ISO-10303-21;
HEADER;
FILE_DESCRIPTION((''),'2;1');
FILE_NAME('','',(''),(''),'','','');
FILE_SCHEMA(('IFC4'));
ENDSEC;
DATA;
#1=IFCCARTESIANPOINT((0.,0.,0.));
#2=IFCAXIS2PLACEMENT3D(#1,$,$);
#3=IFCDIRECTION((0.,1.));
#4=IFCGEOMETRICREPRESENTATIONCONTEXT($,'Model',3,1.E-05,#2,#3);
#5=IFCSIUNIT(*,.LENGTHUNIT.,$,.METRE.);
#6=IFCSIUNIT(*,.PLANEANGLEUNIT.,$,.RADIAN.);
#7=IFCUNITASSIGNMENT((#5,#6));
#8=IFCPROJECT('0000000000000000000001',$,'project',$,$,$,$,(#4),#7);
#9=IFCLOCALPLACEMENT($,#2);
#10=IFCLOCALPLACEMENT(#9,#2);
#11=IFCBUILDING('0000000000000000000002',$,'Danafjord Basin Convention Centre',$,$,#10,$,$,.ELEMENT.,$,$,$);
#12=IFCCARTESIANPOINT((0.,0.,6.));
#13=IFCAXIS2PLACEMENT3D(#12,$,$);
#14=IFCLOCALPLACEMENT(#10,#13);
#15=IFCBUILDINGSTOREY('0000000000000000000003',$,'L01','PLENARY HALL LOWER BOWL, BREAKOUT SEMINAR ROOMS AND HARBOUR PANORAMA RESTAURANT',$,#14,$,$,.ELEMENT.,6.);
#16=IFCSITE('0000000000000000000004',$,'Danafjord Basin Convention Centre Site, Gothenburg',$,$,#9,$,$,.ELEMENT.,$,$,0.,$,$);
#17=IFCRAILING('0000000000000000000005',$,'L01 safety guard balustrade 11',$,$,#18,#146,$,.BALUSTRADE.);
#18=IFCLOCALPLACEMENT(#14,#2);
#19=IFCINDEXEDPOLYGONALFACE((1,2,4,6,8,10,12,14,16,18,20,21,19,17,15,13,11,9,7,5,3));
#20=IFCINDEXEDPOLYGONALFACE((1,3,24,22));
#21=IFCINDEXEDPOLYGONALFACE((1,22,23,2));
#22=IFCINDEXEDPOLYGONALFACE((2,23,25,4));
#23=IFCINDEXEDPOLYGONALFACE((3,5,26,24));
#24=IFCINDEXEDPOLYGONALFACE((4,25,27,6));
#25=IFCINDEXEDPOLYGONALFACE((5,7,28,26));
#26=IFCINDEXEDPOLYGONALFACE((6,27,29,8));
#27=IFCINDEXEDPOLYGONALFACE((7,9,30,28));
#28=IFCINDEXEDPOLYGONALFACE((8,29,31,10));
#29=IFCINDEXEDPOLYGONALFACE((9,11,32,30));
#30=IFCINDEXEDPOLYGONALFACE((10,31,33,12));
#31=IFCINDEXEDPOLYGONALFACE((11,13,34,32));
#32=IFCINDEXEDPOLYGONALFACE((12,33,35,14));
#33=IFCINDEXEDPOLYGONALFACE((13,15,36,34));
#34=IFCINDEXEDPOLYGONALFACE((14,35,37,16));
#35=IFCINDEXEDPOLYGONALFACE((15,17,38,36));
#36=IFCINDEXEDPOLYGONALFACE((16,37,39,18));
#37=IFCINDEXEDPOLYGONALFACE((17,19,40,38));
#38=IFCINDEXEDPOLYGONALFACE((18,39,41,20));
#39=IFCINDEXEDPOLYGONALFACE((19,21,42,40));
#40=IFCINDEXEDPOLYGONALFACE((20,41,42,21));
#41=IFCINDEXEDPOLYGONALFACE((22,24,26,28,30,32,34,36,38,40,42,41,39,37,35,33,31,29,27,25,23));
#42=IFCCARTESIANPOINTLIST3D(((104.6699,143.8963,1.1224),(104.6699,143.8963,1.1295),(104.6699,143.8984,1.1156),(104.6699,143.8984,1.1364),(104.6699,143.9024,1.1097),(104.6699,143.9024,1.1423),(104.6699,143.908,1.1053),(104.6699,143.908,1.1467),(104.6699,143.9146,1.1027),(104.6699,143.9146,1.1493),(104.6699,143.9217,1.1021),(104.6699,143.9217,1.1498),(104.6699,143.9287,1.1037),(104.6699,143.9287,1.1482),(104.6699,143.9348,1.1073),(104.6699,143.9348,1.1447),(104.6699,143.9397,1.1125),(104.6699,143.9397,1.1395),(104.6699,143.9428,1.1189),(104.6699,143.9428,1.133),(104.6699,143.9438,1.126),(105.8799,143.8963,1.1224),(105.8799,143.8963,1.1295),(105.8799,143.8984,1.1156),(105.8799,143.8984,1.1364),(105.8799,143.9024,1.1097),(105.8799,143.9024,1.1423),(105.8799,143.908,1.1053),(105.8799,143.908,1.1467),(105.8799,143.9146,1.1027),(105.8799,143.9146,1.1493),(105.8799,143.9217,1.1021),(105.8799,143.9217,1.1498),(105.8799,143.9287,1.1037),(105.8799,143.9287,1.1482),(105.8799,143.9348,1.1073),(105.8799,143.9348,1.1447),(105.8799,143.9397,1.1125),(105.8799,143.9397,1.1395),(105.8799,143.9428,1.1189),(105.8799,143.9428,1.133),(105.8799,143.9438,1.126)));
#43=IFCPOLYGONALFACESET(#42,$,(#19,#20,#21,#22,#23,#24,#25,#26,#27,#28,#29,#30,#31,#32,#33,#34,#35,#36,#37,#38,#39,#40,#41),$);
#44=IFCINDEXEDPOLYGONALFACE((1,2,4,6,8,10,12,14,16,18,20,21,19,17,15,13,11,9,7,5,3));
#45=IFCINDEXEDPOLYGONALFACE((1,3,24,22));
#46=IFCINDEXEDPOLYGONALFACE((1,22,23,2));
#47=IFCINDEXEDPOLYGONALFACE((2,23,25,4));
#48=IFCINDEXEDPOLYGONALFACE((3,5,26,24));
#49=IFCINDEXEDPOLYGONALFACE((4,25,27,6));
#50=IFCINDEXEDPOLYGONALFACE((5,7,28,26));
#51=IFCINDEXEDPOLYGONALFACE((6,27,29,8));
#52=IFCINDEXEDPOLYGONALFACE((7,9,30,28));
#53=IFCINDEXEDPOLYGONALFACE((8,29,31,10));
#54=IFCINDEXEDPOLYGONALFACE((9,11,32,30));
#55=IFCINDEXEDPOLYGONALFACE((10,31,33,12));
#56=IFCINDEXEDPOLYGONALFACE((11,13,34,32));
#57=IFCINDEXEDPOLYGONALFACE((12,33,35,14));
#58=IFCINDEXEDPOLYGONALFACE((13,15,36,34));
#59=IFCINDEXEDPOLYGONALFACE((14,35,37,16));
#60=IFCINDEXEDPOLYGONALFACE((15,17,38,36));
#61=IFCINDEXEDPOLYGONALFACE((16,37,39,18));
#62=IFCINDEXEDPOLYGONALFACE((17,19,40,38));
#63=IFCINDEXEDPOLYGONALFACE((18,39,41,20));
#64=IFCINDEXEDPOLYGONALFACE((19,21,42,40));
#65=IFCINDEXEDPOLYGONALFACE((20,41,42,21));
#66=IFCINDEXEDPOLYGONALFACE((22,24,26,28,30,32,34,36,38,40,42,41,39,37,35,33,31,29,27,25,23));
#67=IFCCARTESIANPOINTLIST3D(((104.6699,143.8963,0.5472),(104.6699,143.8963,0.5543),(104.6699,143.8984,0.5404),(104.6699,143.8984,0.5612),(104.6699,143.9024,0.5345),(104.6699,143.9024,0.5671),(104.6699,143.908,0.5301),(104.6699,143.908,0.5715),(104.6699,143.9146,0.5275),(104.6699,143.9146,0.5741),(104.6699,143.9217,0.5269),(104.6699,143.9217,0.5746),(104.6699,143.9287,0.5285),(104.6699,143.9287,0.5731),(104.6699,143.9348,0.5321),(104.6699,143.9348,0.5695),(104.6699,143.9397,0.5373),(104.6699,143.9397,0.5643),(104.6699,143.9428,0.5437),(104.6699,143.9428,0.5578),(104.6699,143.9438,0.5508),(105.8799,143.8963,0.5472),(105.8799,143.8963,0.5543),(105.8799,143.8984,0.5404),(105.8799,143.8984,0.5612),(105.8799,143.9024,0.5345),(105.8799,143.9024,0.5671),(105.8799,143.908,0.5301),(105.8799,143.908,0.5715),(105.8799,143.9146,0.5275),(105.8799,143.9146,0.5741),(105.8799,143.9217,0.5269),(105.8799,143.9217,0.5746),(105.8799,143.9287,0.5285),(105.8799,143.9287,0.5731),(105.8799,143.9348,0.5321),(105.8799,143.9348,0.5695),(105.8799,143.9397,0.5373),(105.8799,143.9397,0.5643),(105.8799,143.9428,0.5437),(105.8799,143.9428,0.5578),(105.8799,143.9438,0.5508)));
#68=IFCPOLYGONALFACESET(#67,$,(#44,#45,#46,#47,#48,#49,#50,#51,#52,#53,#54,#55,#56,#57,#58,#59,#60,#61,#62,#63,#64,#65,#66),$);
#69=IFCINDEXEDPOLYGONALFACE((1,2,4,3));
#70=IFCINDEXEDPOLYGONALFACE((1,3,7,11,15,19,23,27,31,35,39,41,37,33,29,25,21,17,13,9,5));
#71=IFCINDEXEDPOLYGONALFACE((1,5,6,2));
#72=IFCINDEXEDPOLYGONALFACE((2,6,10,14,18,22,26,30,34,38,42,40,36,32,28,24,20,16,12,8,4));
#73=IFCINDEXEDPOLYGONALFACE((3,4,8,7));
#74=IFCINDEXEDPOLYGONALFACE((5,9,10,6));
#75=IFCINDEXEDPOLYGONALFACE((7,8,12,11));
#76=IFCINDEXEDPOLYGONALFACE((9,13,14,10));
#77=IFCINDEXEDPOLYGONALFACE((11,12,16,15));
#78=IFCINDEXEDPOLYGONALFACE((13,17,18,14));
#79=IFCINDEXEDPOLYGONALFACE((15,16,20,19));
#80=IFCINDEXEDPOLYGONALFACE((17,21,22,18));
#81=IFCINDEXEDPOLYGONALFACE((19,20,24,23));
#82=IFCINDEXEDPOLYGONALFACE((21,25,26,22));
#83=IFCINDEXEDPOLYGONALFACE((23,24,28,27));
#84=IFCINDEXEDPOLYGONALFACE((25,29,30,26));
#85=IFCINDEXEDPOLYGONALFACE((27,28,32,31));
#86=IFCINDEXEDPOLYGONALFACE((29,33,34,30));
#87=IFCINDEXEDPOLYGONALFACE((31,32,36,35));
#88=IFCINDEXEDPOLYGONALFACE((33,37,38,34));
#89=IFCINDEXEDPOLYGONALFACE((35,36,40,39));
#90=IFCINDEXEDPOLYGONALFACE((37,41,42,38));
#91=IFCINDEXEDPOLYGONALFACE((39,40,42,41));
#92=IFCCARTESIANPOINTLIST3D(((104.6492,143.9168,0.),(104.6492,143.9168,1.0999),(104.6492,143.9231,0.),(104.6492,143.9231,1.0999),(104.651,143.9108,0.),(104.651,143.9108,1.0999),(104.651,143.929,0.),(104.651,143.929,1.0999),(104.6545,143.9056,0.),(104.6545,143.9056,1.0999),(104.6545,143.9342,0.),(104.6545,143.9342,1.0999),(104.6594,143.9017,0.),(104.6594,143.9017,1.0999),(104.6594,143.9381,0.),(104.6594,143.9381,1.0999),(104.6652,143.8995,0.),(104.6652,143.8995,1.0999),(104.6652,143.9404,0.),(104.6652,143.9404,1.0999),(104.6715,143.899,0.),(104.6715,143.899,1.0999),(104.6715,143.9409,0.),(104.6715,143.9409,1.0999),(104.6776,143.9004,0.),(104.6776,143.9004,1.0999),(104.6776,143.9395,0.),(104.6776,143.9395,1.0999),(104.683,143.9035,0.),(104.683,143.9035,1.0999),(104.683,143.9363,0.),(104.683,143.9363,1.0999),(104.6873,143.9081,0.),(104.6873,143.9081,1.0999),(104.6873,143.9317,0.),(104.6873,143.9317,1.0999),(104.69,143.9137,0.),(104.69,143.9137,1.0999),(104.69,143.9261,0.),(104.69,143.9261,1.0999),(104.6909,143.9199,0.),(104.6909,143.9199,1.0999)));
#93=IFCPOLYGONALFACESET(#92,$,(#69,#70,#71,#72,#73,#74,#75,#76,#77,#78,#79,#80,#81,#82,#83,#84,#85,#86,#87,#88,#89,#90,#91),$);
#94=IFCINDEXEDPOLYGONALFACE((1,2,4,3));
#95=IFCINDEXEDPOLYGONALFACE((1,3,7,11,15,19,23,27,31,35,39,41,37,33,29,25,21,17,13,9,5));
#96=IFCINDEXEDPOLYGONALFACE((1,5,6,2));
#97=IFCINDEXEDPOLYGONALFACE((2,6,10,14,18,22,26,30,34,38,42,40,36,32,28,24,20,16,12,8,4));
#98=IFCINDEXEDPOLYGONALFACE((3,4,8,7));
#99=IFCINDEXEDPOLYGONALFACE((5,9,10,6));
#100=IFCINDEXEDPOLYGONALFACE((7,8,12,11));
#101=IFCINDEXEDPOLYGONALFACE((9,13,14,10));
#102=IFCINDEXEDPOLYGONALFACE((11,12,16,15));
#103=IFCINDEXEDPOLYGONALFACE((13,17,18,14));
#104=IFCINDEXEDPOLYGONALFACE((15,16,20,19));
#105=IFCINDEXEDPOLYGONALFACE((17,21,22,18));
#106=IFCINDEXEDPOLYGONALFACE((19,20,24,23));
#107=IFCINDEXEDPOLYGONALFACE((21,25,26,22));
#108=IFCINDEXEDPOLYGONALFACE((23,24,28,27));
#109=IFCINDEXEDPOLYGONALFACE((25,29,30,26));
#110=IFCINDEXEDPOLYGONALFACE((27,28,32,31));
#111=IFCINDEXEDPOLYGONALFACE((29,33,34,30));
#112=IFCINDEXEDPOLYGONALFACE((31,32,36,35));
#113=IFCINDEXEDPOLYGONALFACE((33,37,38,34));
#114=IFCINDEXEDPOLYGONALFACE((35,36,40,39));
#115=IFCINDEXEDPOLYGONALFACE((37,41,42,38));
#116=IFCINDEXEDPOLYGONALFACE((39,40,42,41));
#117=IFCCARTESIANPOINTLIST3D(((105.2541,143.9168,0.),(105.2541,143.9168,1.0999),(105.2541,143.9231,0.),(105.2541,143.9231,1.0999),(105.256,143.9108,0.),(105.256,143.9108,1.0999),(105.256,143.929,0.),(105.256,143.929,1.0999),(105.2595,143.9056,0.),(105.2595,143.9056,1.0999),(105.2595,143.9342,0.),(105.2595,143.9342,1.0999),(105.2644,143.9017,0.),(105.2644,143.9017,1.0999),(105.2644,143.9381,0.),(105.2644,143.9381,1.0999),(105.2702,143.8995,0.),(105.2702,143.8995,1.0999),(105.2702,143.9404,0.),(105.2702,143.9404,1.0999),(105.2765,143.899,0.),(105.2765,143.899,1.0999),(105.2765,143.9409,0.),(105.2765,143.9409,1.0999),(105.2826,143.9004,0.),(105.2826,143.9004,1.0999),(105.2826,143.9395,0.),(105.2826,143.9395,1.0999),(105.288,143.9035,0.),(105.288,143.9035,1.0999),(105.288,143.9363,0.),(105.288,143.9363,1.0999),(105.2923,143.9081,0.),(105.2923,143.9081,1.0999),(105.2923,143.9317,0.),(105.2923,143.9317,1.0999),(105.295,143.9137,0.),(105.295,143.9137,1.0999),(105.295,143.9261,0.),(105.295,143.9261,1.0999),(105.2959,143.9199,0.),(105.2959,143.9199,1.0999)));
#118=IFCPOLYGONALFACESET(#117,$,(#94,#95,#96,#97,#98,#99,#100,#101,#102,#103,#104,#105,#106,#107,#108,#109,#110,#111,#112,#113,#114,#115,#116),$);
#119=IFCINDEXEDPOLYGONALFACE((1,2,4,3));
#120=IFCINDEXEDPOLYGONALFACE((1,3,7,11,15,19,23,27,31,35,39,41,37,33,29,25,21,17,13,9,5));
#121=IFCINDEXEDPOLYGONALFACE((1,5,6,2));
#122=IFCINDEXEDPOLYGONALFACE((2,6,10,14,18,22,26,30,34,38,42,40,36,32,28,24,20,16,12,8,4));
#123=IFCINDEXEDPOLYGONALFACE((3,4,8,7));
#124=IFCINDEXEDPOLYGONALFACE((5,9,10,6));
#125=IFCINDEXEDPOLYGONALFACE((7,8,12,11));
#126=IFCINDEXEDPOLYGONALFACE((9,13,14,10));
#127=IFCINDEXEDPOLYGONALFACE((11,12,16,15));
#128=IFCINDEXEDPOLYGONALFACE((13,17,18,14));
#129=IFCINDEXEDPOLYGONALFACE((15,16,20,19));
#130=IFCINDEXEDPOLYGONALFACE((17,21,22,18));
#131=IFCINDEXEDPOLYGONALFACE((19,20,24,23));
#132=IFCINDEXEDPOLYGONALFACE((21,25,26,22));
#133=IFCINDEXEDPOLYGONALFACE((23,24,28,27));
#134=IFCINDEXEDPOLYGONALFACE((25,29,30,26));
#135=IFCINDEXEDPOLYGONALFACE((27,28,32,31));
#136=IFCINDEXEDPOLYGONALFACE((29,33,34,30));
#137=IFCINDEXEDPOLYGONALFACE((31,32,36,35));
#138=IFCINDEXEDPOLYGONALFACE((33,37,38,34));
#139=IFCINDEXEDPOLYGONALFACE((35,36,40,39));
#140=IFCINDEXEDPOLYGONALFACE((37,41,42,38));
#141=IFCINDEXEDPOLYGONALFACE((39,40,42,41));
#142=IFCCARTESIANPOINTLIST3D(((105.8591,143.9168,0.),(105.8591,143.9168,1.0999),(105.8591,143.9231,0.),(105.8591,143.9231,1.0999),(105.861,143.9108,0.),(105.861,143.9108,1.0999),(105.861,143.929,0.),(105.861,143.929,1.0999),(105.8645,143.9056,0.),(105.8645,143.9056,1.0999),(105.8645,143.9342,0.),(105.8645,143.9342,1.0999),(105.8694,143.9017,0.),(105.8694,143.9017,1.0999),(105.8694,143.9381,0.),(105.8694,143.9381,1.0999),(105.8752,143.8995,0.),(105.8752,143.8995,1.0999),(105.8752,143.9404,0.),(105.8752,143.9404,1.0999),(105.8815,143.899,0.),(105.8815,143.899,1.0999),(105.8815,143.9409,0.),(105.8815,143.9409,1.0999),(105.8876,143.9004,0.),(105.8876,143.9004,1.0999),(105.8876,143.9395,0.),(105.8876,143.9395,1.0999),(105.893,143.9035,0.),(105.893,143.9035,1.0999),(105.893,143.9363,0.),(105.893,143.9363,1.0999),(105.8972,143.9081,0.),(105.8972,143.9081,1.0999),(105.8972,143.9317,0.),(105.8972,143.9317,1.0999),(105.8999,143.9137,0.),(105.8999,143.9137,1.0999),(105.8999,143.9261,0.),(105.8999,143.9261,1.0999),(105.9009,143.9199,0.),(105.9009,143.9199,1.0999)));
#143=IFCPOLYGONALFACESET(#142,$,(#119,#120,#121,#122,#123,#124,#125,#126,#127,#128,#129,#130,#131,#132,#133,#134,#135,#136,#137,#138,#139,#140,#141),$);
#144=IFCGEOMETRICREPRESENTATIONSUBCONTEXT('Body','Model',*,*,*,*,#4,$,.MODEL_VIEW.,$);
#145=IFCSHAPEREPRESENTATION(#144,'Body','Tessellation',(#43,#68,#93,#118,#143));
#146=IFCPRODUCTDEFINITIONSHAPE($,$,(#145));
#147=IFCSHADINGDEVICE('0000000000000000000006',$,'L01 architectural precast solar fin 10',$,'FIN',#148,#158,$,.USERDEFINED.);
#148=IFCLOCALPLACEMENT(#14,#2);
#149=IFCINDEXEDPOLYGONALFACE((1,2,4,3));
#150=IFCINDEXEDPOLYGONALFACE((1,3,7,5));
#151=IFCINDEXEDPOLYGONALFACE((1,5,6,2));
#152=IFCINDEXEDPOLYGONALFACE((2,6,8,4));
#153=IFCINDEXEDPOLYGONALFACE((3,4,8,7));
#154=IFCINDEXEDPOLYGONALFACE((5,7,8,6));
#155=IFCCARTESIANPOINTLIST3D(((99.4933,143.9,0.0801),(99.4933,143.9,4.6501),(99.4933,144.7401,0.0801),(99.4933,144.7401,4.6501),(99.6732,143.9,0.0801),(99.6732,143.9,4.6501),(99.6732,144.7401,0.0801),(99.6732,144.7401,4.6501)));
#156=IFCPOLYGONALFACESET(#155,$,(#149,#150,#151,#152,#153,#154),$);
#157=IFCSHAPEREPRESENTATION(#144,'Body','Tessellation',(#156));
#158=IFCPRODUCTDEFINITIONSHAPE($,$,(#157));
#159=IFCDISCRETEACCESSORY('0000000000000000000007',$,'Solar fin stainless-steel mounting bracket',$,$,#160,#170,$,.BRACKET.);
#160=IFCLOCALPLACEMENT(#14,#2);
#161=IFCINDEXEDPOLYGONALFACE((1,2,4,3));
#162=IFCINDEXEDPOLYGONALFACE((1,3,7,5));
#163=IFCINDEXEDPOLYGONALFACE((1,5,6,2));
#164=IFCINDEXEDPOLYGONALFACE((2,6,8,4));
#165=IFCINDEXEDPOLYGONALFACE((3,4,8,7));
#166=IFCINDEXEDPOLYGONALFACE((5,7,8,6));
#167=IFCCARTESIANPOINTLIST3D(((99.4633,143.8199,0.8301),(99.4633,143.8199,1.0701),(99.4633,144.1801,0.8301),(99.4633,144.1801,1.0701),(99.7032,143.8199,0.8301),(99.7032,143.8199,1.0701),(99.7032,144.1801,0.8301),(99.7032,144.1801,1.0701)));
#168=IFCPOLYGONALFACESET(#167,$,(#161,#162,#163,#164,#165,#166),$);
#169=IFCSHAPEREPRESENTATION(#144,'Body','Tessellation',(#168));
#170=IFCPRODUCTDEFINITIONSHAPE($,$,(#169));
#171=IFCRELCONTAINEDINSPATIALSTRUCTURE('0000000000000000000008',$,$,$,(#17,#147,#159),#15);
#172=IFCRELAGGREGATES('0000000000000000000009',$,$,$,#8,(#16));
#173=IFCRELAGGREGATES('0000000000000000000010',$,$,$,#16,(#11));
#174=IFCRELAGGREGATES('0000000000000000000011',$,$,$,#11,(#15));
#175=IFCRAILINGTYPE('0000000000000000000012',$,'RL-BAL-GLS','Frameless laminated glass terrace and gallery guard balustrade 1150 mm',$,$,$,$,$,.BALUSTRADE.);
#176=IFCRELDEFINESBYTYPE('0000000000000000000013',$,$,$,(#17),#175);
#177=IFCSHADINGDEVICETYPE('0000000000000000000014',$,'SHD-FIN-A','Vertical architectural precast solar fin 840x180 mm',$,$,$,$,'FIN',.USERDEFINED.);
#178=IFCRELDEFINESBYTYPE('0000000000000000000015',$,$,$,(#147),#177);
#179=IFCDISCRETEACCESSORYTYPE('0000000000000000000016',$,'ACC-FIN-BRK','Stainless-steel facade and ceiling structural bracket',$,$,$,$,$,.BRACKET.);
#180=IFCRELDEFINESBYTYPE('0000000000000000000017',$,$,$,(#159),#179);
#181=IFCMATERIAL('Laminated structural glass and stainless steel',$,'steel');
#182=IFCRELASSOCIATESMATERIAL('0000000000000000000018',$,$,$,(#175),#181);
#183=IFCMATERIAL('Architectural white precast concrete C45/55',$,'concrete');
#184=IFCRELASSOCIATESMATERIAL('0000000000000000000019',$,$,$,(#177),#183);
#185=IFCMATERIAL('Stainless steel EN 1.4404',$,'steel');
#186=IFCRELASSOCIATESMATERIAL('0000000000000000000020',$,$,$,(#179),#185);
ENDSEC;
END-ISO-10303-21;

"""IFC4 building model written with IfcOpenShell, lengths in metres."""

from ifc_helpers import new_model, si_unit, direction, frame, origin, origin_2d, place, context, subcontext, project, spatial, rectangle, circle, extrude, material, type_object, element, save


model = new_model("IFC4")

# Units and contexts
model_context = context("Model", 3, precision=1e-05, world=origin(), true_north=direction((0.0, 1.0)))
body_context = subcontext(model_context, "Body", "Model", "MODEL_VIEW")
ifc_project = project(units=[si_unit("LENGTHUNIT", "METRE"), si_unit("PLANEANGLEUNIT", "RADIAN")], contexts=[model_context])

# Site, building, storey
site_placement = place(None, origin())
site = spatial("IfcSite", under=ifc_project, at=site_placement, Name="Danafjord Basin Convention Centre Site, Gothenburg", CompositionType="ELEMENT", RefElevation=0.0)
building_placement = place(site_placement, origin())
building = spatial("IfcBuilding", under=site, at=building_placement, Name="Danafjord Basin Convention Centre", CompositionType="ELEMENT")
storey_placement = place(building_placement, frame((0.0, 0.0, 6.0)))
storey = spatial("IfcBuildingStorey", under=building, at=storey_placement, Name="L01", Description="PLENARY HALL LOWER BOWL, BREAKOUT SEMINAR ROOMS AND HARBOUR PANORAMA RESTAURANT", CompositionType="ELEMENT", Elevation=6.0)

# Railing
ifc_material_1 = material(Name="Laminated structural glass and stainless steel", Category="steel")
railing_type = type_object("IfcRailingType", Name="RL-BAL-GLS", Description="Frameless laminated glass terrace and gallery guard balustrade 1150 mm", PredefinedType="BALUSTRADE", material=ifc_material_1)
railing_1_placement = place(storey_placement, frame((104.6699, 143.9199, 0.0)))
element("IfcRailing", 1, at=railing_1_placement, inside=storey, type_object=railing_type, Name="L01 safety guard balustrade 11", PredefinedType="BALUSTRADE", context=body_context, shape_type="SweptSolid", body=[
    extrude(circle(Radius=0.0239, at=origin_2d()), frame((0.0, 0.0, 1.126), z_axis=(1.0, 0.0, 0.0), x_axis=(0.0, 1.0, 0.0)), (0.0, 0.0, 1.0), 1.21),
    extrude(circle(Radius=0.0239, at=origin_2d()), frame((0.0, 0.0, 0.5508), z_axis=(1.0, 0.0, 0.0), x_axis=(0.0, 1.0, 0.0)), (0.0, 0.0, 1.0), 1.21),
    extrude(circle(Radius=0.021, at=origin_2d()), origin(), (0.0, 0.0, 1.0), 1.0999),
    extrude(circle(Radius=0.021, at=origin_2d()), frame((0.605, 0.0, 0.0)), (0.0, 0.0, 1.0), 1.0999),
    extrude(circle(Radius=0.021, at=origin_2d()), frame((1.21, 0.0, 0.0)), (0.0, 0.0, 1.0), 1.0999),
])

# Shading device
ifc_material_2 = material(Name="Architectural white precast concrete C45/55", Category="concrete")
shading_device_type = type_object("IfcShadingDeviceType", Name="SHD-FIN-A", Description="Vertical architectural precast solar fin 840x180 mm", ElementType="FIN", PredefinedType="USERDEFINED", material=ifc_material_2)
shading_device_placement = place(storey_placement, frame((99.5833, 144.3201, 0.0801), z_axis=(0.0, 0.0, 1.0), x_axis=(1.0, 0.0, 0.0)))
element("IfcShadingDevice", 2, at=shading_device_placement, inside=storey, type_object=shading_device_type, Name="L01 architectural precast solar fin 10", ObjectType="FIN", PredefinedType="USERDEFINED", context=body_context, shape_type="SweptSolid", body=[
    extrude(rectangle(XDim=0.1799, YDim=0.8401, at=origin_2d()), origin(), (0.0, 0.0, 1.0), 4.5701),
])

# Discrete accessory
ifc_material_3 = material(Name="Stainless steel EN 1.4404", Category="steel")
discrete_accessory_type = type_object("IfcDiscreteAccessoryType", Name="ACC-FIN-BRK", Description="Stainless-steel facade and ceiling structural bracket", PredefinedType="BRACKET", material=ifc_material_3)
discrete_accessory_placement = place(storey_placement, frame((99.5833, 144.0, 0.8301), z_axis=(0.0, 0.0, 1.0), x_axis=(1.0, 0.0, 0.0)))
element("IfcDiscreteAccessory", 3, at=discrete_accessory_placement, inside=storey, type_object=discrete_accessory_type, Name="Solar fin stainless-steel mounting bracket", PredefinedType="BRACKET", context=body_context, shape_type="SweptSolid", body=[
    extrude(rectangle(XDim=0.24, YDim=0.3601, at=origin_2d()), origin(), (0.0, 0.0, 1.0), 0.24),
])

save(model, "model.ifc")
